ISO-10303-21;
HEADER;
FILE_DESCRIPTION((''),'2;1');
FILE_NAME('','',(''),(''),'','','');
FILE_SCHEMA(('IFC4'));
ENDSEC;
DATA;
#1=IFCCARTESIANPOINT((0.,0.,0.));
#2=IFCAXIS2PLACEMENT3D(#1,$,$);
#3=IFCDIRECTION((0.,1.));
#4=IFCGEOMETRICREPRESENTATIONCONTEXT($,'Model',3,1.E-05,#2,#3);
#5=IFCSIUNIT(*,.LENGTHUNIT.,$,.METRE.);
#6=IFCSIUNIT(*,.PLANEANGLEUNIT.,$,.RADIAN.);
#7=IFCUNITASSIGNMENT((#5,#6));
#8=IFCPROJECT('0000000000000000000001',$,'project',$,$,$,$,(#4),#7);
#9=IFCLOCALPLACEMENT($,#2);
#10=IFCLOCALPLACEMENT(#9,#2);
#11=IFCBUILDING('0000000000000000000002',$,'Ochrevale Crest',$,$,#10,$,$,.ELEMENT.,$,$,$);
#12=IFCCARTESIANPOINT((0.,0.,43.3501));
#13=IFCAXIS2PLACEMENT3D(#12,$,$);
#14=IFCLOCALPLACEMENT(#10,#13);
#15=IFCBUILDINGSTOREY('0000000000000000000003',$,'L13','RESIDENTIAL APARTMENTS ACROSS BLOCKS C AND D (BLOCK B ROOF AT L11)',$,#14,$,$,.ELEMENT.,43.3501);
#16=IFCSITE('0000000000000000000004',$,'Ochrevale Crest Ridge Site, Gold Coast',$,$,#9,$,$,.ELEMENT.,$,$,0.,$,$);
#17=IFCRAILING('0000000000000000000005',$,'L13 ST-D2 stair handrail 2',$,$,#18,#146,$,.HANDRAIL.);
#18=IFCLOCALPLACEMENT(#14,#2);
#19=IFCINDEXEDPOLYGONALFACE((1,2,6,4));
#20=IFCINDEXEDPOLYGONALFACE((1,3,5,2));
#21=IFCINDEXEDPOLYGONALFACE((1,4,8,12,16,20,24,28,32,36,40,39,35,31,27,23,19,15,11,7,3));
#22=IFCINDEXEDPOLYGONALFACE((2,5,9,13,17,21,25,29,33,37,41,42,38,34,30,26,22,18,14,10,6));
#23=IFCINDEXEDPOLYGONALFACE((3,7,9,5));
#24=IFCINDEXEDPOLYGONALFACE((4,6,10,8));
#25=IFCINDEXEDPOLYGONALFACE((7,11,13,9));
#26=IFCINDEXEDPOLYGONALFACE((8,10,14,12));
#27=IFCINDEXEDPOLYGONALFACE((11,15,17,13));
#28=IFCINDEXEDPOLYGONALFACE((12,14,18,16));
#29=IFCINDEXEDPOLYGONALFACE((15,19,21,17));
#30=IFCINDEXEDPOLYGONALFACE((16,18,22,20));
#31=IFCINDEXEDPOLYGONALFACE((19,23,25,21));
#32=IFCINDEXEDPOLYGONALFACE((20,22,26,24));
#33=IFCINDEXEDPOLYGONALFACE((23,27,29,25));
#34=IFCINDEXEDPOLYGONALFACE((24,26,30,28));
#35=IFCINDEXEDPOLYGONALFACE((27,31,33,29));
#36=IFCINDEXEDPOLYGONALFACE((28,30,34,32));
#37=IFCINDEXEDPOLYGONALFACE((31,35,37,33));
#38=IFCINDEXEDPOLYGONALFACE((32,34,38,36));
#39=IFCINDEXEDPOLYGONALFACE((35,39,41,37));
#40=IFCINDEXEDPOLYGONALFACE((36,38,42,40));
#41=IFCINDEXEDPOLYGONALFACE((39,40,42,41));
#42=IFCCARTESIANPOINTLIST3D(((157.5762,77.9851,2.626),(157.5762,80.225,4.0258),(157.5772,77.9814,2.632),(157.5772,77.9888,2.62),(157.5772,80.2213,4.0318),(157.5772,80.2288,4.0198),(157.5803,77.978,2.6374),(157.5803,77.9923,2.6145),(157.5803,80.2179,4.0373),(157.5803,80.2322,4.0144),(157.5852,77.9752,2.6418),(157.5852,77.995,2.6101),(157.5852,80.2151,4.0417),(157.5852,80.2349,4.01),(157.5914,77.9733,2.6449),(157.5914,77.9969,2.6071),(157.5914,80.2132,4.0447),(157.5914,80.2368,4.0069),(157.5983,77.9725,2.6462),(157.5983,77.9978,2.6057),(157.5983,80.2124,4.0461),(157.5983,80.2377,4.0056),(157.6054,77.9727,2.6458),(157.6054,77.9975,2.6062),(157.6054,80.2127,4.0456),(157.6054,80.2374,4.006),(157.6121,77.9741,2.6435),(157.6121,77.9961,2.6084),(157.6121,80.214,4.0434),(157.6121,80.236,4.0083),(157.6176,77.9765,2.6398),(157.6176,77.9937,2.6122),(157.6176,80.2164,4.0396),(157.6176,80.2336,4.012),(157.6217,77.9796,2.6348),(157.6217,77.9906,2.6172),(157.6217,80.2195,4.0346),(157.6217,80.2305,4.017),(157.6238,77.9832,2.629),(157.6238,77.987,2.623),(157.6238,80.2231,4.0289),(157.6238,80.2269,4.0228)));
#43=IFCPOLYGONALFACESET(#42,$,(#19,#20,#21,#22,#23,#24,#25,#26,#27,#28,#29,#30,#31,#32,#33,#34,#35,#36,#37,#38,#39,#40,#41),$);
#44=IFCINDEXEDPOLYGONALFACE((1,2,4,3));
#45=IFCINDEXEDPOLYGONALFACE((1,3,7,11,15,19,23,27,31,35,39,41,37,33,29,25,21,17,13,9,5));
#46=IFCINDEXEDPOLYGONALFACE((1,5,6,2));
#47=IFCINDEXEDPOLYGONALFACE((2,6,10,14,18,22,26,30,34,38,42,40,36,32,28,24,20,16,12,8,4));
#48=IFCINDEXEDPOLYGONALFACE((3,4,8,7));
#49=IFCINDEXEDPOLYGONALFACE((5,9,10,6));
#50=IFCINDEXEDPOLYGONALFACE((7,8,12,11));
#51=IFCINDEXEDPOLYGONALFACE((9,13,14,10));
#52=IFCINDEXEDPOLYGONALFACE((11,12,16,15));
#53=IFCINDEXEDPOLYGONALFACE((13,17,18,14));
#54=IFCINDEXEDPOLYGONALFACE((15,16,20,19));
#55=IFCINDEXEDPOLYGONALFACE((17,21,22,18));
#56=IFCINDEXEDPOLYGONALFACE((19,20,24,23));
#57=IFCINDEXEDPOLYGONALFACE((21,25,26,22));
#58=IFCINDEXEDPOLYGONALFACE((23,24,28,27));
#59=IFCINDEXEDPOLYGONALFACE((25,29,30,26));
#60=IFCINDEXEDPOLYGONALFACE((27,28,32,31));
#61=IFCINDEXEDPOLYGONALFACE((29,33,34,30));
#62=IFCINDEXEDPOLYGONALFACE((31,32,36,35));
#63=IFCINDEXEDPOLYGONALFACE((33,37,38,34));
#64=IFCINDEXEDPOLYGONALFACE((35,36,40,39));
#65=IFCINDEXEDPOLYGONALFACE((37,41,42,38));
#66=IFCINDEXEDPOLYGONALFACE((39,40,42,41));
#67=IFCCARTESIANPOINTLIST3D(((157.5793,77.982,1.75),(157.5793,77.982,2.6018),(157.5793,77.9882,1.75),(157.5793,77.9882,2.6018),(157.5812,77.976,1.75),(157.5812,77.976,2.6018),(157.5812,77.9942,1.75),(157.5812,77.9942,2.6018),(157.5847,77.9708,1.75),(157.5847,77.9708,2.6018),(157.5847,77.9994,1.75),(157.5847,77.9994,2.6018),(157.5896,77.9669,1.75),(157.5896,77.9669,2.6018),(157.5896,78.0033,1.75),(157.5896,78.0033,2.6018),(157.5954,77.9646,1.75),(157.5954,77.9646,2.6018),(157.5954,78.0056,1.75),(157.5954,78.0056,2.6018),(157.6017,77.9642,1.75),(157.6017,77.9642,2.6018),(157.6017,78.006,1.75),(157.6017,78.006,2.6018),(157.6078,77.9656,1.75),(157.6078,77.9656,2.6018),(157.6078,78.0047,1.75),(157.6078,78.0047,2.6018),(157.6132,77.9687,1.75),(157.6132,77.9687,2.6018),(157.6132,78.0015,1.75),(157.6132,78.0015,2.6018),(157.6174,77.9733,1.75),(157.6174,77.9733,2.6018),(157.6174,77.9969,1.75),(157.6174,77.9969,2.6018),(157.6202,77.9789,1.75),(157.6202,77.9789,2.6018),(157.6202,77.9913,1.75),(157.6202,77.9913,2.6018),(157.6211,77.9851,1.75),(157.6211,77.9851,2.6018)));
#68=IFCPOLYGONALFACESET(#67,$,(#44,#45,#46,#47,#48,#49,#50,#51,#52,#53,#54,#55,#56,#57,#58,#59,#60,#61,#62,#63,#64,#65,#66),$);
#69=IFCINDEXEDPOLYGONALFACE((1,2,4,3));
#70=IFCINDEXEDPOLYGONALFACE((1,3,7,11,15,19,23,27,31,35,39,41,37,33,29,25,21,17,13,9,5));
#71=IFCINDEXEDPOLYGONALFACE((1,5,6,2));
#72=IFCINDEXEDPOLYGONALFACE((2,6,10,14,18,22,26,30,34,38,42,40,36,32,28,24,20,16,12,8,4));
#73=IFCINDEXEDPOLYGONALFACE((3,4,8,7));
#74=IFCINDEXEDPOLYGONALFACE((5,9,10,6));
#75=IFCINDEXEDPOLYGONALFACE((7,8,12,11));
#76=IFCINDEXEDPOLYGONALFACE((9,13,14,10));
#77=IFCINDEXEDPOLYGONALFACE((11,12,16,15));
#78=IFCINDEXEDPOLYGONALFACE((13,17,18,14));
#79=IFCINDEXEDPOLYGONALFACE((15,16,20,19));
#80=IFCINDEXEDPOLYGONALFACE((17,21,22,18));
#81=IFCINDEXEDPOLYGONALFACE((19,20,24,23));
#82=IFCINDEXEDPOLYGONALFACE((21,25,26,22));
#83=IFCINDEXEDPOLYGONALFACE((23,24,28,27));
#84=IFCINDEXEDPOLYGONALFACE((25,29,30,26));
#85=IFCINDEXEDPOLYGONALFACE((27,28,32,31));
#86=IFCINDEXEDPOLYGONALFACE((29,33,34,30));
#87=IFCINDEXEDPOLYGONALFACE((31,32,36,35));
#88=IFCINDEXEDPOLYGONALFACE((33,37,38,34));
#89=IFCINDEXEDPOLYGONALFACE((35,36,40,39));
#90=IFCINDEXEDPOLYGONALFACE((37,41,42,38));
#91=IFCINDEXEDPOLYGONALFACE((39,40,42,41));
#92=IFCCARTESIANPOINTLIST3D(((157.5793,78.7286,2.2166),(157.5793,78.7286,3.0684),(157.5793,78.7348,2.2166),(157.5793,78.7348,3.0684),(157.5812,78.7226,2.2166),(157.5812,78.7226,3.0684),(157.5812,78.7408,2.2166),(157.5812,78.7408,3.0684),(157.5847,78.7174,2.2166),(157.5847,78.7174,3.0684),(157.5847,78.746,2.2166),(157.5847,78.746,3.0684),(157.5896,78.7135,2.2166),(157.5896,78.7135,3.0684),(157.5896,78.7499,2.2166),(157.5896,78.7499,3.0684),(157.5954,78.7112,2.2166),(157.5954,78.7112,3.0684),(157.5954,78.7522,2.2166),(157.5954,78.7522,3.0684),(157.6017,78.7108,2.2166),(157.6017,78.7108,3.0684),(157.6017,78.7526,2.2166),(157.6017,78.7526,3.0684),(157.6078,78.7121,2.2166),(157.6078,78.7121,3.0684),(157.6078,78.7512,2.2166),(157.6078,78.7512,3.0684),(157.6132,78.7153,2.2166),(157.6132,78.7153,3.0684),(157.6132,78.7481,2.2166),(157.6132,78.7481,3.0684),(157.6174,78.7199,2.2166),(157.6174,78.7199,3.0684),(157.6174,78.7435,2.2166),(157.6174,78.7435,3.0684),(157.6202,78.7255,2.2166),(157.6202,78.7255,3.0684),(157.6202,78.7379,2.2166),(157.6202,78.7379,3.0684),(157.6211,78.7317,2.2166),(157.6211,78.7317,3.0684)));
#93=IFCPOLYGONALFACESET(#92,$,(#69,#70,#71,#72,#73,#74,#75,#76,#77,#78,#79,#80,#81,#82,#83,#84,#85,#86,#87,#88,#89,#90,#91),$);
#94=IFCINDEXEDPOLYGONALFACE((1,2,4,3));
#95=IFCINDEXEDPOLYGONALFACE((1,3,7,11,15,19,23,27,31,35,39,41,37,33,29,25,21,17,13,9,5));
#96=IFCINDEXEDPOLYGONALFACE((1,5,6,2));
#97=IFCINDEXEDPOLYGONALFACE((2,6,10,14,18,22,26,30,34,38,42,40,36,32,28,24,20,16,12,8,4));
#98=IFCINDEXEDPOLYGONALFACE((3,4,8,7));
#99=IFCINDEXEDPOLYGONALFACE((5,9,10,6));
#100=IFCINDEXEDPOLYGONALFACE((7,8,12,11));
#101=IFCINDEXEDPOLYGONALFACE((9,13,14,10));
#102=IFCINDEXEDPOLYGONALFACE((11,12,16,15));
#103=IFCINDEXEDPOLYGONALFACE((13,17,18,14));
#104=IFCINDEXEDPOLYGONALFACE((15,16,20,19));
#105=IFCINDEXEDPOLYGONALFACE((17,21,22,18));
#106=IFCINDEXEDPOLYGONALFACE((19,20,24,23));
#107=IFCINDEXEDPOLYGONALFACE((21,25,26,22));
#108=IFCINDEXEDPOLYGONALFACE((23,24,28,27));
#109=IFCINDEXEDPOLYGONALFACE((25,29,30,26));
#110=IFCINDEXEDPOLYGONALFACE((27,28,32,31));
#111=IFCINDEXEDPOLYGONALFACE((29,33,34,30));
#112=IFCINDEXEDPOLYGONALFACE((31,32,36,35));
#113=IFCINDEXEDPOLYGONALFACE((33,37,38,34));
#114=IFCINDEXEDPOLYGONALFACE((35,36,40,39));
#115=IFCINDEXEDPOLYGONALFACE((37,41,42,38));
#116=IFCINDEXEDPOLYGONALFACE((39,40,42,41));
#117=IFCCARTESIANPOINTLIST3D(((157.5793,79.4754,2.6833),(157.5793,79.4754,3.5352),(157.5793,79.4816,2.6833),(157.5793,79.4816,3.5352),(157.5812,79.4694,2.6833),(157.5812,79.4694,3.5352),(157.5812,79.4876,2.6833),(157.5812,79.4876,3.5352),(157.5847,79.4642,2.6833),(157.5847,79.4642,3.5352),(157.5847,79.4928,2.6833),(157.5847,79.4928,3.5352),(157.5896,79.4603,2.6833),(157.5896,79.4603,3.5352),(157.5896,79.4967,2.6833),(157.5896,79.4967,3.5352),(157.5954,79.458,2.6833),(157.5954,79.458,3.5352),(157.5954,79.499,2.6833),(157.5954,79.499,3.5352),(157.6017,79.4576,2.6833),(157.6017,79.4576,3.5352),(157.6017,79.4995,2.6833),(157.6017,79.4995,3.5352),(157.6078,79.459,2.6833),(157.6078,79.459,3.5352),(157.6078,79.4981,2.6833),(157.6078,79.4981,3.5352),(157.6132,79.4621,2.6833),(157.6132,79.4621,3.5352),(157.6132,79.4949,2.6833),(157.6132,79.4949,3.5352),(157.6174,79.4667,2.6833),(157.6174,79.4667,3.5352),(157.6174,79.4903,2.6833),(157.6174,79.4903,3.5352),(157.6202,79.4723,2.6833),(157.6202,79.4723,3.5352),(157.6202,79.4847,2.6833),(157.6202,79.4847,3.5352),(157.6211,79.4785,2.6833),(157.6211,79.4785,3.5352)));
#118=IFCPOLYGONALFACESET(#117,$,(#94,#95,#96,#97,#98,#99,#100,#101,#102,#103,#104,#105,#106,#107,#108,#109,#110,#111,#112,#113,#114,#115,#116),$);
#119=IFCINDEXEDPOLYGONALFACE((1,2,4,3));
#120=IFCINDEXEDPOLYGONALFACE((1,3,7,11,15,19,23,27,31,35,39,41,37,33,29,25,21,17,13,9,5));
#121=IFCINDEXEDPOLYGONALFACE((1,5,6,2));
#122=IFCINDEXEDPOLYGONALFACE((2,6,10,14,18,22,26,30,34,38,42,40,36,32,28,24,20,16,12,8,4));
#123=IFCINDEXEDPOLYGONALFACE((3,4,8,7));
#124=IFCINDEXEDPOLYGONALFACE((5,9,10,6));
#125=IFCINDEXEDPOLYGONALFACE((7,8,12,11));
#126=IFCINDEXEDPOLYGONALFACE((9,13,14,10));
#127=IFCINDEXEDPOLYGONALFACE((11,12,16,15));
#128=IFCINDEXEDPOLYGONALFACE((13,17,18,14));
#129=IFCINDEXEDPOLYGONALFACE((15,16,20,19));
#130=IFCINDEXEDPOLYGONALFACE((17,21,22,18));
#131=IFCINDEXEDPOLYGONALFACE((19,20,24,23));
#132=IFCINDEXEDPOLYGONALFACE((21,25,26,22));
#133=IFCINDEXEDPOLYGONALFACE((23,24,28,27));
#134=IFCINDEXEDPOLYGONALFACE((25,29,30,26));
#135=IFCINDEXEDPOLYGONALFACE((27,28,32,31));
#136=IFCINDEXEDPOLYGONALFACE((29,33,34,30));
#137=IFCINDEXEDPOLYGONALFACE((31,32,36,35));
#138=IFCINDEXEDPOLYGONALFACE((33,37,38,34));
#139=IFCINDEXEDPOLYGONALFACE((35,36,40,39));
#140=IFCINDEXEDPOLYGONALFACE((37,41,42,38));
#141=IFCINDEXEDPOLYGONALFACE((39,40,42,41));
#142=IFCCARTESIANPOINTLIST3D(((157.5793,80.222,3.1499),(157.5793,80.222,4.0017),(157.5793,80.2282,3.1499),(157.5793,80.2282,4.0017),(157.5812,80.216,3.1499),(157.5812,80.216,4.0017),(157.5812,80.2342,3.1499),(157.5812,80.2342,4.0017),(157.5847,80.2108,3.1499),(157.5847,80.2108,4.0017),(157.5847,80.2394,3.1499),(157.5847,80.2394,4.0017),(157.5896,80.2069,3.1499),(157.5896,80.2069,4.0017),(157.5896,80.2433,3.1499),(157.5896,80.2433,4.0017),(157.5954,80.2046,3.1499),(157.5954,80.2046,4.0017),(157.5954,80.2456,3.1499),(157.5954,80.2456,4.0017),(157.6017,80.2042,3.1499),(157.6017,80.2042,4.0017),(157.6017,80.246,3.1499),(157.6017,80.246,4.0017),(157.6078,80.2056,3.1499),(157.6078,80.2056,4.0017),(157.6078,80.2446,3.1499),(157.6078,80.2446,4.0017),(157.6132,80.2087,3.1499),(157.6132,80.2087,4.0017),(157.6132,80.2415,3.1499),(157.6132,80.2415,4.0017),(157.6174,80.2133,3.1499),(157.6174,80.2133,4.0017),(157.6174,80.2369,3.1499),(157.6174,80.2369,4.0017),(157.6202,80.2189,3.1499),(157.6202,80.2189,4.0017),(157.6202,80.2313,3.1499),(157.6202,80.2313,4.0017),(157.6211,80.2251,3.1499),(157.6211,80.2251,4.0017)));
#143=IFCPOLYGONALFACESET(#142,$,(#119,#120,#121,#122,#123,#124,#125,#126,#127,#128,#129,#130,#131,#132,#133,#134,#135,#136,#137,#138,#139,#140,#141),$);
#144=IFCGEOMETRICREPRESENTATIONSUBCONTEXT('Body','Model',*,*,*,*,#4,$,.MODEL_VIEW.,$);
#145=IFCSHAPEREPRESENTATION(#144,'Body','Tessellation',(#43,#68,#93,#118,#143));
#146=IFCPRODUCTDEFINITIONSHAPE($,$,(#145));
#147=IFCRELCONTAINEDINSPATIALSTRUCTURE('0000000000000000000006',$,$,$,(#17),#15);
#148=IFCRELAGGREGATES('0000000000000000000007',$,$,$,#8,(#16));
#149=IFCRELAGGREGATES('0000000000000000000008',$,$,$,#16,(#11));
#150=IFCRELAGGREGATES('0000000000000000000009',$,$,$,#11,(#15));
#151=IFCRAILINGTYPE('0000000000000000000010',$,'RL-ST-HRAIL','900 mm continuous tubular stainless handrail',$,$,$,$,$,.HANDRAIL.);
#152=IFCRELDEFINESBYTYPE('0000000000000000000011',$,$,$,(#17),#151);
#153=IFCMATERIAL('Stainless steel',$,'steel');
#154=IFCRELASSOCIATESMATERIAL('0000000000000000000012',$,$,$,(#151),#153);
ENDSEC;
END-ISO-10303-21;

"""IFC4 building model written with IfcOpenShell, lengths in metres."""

from ifc_helpers import new_model, si_unit, direction, frame, origin, origin_2d, place, context, subcontext, project, spatial, circle, extrude, material, type_object, element, save


model = new_model("IFC4")

# Units and contexts
model_context = context("Model", 3, precision=1e-05, world=origin(), true_north=direction((0.0, 1.0)))
body_context = subcontext(model_context, "Body", "Model", "MODEL_VIEW")
ifc_project = project(units=[si_unit("LENGTHUNIT", "METRE"), si_unit("PLANEANGLEUNIT", "RADIAN")], contexts=[model_context])

# Site, building, storey
site_placement = place(None, origin())
site = spatial("IfcSite", under=ifc_project, at=site_placement, Name="Ochrevale Crest Ridge Site, Gold Coast", CompositionType="ELEMENT", RefElevation=0.0)
building_placement = place(site_placement, origin())
building = spatial("IfcBuilding", under=site, at=building_placement, Name="Ochrevale Crest", CompositionType="ELEMENT")
storey_placement = place(building_placement, frame((0.0, 0.0, 43.3501)))
storey = spatial("IfcBuildingStorey", under=building, at=storey_placement, Name="L13", Description="RESIDENTIAL APARTMENTS ACROSS BLOCKS C AND D (BLOCK B ROOF AT L11)", CompositionType="ELEMENT", Elevation=43.3501)

# Railing
ifc_material_1 = material(Name="Stainless steel", Category="steel")
railing_type_1 = type_object("IfcRailingType", Name="RL-ST-HRAIL", Description="900 mm continuous tubular stainless handrail", PredefinedType="HANDRAIL", material=ifc_material_1)
railing_1_placement = place(storey_placement, frame((157.6001, 77.9851, 1.75)))
element("IfcRailing", 1, at=railing_1_placement, inside=storey, type_object=railing_type_1, Name="L13 ST-D2 stair handrail 2", PredefinedType="HANDRAIL", context=body_context, shape_type="SweptSolid", body=[
    extrude(circle(Radius=0.0239, at=origin_2d()), frame((0.0, 0.0, 0.876), z_axis=(0.0, 0.848014, 0.529974), x_axis=(-1.0, 0.0, 0.0)), (0.0, 0.0, 1.0), 2.6414),
    extrude(circle(Radius=0.021, at=origin_2d()), origin(), (0.0, 0.0, 1.0), 0.8518),
    extrude(circle(Radius=0.021, at=origin_2d()), frame((0.0, 0.7466, 0.4666)), (0.0, 0.0, 1.0), 0.8518),
    extrude(circle(Radius=0.021, at=origin_2d()), frame((0.0, 1.4934, 0.9333)), (0.0, 0.0, 1.0), 0.8518),
    extrude(circle(Radius=0.021, at=origin_2d()), frame((0.0, 2.24, 1.3999)), (0.0, 0.0, 1.0), 0.8518),
])

save(model, "model.ifc")
